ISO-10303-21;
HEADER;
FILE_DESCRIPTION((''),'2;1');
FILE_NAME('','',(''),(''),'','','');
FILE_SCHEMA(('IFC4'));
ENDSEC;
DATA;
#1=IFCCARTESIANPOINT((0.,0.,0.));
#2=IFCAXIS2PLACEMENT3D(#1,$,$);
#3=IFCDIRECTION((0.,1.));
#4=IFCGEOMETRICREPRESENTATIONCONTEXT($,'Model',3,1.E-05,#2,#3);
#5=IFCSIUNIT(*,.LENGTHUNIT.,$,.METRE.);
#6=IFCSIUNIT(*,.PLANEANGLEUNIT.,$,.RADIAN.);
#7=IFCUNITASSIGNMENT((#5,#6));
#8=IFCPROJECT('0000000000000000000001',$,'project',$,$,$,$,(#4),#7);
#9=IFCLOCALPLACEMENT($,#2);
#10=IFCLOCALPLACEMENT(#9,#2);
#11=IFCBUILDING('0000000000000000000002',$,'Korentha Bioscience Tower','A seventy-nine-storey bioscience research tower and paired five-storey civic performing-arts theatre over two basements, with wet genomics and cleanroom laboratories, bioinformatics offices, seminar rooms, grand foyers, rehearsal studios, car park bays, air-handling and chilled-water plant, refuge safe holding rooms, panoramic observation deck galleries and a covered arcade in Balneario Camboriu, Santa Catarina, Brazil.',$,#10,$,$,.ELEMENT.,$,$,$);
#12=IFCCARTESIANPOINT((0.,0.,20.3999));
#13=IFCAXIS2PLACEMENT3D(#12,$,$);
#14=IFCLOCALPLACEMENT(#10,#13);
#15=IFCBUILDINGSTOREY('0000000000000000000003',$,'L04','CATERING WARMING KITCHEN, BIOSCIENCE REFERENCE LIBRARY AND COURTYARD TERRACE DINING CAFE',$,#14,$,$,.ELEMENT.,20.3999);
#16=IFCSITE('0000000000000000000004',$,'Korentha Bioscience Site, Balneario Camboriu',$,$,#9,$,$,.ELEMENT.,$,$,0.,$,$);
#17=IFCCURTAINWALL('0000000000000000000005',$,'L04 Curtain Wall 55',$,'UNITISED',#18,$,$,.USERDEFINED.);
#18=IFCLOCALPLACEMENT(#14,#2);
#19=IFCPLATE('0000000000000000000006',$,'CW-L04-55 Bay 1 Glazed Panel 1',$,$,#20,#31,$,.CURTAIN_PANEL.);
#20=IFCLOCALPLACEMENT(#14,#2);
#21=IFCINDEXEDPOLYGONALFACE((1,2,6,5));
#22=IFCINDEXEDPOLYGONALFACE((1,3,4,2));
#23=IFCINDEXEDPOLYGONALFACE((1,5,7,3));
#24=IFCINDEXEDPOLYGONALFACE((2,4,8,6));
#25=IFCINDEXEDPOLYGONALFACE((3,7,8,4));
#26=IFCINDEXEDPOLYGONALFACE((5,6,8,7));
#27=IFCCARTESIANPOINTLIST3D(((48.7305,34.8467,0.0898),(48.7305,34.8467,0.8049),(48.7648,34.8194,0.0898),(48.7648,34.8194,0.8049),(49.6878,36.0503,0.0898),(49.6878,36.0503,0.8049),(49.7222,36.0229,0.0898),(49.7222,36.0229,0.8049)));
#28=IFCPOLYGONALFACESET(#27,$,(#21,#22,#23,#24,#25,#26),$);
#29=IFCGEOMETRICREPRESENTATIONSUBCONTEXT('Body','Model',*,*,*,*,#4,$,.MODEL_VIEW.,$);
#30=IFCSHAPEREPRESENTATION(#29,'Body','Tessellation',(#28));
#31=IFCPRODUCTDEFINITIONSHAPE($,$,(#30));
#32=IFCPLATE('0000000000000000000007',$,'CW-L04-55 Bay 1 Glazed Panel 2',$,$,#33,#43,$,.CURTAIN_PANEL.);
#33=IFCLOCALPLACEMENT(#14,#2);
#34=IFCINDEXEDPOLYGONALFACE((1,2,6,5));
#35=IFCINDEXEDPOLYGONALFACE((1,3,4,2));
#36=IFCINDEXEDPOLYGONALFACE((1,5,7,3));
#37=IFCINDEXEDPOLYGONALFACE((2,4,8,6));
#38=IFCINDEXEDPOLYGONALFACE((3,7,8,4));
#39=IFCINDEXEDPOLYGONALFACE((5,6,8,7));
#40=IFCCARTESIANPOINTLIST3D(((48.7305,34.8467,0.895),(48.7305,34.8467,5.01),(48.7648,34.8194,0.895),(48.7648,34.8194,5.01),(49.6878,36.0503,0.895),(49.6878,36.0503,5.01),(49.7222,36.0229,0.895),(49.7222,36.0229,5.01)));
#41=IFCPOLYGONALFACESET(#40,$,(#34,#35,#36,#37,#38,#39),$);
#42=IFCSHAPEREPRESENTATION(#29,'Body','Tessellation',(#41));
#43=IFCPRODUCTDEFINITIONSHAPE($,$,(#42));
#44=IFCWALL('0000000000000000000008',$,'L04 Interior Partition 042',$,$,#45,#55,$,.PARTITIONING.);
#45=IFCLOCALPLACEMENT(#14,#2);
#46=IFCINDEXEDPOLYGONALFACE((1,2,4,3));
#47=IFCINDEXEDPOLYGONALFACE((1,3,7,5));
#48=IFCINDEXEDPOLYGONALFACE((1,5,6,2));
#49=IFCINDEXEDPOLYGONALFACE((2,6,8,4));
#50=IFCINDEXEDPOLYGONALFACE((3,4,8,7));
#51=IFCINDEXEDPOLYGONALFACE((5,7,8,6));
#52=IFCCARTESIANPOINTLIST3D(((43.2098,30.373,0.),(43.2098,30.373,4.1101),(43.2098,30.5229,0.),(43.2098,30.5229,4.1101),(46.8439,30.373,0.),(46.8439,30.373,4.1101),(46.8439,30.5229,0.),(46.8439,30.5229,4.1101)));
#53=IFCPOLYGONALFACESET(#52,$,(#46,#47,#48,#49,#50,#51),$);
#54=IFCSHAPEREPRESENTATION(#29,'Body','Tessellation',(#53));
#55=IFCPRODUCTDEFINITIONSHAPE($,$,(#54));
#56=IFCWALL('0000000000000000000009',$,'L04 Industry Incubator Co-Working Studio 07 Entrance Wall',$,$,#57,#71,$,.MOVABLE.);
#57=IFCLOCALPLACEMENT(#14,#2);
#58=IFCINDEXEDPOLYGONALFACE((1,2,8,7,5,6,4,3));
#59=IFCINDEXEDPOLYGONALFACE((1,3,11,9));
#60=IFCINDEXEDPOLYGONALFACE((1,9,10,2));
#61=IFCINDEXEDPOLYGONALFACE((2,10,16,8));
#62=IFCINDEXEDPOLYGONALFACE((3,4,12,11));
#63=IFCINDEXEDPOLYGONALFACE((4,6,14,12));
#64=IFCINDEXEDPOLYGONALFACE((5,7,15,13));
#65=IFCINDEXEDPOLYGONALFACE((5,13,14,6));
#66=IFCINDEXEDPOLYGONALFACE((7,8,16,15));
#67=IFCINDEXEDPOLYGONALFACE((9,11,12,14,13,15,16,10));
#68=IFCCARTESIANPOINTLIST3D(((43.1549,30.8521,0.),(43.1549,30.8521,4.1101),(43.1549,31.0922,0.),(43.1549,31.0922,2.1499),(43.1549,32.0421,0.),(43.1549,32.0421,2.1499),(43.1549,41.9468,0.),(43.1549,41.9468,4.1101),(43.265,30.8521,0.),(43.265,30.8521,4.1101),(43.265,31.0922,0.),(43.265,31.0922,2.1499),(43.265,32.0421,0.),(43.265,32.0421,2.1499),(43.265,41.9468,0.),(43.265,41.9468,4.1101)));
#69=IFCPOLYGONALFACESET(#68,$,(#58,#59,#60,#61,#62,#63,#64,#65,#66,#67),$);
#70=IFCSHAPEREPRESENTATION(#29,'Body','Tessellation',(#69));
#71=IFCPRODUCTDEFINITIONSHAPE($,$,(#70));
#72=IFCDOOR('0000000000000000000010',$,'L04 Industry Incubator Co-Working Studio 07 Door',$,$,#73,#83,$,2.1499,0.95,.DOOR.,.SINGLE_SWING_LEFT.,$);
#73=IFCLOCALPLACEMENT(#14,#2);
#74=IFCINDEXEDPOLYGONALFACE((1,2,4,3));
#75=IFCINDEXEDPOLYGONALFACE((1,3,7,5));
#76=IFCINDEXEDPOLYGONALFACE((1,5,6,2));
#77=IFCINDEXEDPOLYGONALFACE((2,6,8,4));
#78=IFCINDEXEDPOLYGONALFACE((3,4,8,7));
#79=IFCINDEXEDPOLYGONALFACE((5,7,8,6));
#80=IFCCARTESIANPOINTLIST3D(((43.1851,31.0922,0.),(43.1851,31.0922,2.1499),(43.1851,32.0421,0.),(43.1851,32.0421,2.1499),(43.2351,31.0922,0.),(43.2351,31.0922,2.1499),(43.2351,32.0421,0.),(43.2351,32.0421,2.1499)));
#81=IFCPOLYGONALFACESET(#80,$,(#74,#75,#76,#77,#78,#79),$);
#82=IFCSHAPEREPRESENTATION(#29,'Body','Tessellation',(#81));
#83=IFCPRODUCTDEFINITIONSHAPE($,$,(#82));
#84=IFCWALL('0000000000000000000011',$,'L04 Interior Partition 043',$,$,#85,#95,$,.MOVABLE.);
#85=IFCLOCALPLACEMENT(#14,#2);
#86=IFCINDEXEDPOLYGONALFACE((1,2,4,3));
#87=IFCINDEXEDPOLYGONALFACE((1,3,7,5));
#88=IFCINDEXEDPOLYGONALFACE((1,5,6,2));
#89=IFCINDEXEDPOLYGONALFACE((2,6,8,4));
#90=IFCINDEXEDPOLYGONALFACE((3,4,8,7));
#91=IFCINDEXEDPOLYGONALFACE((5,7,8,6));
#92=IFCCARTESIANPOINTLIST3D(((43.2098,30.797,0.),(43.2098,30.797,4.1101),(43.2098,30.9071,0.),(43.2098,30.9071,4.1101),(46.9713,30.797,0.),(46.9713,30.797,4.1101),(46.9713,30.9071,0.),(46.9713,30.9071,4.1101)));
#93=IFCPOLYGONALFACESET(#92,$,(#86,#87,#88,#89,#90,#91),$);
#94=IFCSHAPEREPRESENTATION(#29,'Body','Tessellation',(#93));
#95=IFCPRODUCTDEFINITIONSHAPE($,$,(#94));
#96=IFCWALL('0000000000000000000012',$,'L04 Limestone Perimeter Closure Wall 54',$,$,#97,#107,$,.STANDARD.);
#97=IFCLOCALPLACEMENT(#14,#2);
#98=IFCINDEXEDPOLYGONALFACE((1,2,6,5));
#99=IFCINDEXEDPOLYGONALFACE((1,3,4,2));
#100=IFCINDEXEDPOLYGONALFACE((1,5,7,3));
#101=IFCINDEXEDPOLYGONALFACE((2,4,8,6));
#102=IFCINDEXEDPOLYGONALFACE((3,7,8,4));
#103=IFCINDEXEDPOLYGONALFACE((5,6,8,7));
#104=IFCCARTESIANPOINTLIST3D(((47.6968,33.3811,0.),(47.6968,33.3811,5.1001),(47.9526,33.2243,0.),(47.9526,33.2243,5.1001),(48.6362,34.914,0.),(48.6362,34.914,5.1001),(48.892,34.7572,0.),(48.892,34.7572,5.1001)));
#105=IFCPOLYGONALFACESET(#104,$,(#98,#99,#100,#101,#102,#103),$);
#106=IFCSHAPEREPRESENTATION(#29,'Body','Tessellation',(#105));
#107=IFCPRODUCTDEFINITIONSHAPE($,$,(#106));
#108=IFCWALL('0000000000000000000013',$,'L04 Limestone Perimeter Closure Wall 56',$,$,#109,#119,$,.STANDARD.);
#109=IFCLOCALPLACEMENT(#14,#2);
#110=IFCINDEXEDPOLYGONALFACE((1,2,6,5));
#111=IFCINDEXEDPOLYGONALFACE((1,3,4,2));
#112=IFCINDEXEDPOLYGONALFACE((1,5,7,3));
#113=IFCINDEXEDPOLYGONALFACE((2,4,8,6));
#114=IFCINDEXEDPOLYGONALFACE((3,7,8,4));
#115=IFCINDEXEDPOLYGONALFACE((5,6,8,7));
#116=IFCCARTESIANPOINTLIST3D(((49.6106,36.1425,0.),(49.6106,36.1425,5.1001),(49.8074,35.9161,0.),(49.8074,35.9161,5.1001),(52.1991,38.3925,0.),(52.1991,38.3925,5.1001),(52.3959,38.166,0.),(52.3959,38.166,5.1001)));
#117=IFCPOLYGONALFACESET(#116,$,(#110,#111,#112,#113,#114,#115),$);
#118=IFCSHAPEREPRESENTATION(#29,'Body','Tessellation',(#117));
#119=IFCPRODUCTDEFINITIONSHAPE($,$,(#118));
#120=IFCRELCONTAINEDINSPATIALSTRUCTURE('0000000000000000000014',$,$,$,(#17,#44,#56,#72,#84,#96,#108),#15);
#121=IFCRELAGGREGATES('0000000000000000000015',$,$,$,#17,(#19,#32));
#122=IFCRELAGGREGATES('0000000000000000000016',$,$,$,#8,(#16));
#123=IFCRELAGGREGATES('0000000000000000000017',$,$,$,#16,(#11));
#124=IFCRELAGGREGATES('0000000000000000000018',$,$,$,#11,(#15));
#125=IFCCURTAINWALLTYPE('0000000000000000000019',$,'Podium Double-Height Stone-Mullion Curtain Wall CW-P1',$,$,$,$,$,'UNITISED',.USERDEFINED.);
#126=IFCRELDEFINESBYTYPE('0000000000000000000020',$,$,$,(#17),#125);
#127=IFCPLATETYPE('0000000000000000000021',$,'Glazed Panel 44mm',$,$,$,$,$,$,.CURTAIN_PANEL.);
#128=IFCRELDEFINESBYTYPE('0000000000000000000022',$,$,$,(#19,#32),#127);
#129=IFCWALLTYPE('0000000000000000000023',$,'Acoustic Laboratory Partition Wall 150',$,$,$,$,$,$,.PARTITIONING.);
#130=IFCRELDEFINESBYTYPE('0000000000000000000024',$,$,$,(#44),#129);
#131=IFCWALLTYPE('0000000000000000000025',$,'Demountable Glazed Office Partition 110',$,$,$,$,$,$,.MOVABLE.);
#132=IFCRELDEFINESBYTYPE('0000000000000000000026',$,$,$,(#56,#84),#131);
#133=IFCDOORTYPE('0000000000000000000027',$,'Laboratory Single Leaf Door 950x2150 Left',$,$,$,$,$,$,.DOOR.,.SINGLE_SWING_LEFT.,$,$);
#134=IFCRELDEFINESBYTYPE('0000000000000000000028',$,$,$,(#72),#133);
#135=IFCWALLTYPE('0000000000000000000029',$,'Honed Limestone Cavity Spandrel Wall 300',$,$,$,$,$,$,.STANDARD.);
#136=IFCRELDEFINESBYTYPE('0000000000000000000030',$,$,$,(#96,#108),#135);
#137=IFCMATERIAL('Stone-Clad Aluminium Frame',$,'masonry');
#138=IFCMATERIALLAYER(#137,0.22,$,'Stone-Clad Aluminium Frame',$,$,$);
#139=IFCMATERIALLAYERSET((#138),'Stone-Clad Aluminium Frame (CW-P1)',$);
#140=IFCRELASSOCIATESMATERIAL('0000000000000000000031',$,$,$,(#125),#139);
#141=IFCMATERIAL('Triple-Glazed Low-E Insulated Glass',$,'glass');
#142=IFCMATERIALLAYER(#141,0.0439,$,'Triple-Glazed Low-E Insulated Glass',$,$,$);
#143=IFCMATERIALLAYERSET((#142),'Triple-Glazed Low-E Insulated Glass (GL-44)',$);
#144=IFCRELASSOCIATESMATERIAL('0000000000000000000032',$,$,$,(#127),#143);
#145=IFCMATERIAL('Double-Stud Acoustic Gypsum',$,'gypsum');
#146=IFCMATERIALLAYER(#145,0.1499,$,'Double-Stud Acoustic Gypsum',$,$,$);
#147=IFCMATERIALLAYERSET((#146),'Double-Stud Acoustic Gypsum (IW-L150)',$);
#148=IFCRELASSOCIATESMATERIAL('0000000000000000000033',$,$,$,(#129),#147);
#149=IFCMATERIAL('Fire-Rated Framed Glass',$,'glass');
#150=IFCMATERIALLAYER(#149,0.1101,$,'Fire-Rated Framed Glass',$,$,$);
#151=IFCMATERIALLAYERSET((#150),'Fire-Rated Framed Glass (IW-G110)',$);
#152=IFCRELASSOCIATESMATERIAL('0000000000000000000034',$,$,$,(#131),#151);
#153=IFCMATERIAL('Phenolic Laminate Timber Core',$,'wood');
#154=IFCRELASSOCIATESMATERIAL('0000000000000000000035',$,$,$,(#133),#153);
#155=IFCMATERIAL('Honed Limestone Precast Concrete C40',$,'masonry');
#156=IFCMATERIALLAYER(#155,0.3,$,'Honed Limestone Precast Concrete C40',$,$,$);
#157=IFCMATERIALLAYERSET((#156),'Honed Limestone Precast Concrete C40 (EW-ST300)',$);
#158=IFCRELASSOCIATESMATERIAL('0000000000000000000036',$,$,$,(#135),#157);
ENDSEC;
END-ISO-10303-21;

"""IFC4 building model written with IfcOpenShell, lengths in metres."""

from ifc_helpers import new_model, si_unit, direction, frame, frame_2d, origin, origin_2d, place, context, subcontext, project, spatial, rectangle, extrude, material, layer, layer_set, type_object, element, fill, aggregate, save


model = new_model("IFC4")

# Units and contexts
model_context = context("Model", 3, precision=1e-05, world=origin(), true_north=direction((0.0, 1.0)))
body_context = subcontext(model_context, "Body", "Model", "MODEL_VIEW")
ifc_project = project(units=[si_unit("LENGTHUNIT", "METRE"), si_unit("PLANEANGLEUNIT", "RADIAN")], contexts=[model_context])

# Site, building, storey
site_placement = place(None, origin())
site = spatial("IfcSite", under=ifc_project, at=site_placement, Name="Korentha Bioscience Site, Balneario Camboriu", CompositionType="ELEMENT", RefElevation=0.0)
building_placement = place(site_placement, origin())
building = spatial("IfcBuilding", under=site, at=building_placement, Name="Korentha Bioscience Tower", Description="A seventy-nine-storey bioscience research tower and paired five-storey civic performing-arts theatre over two basements, with wet genomics and cleanroom laboratories, bioinformatics offices, seminar rooms, grand foyers, rehearsal studios, car park bays, air-handling and chilled-water plant, refuge safe holding rooms, panoramic observation deck galleries and a covered arcade in Balneario Camboriu, Santa Catarina, Brazil.", CompositionType="ELEMENT")
storey_placement = place(building_placement, frame((0.0, 0.0, 20.3999)))
storey = spatial("IfcBuildingStorey", under=building, at=storey_placement, Name="L04", Description="CATERING WARMING KITCHEN, BIOSCIENCE REFERENCE LIBRARY AND COURTYARD TERRACE DINING CAFE", CompositionType="ELEMENT", Elevation=20.3999)

# Curtain wall
ifc_material_1 = material(Name="Stone-Clad Aluminium Frame", Category="masonry")
ifc_layer_1 = layer(ifc_material_1, 0.22, Name="Stone-Clad Aluminium Frame")
ifc_layer_set_1 = layer_set([ifc_layer_1], Name="Stone-Clad Aluminium Frame (CW-P1)")
curtain_wall_type = type_object("IfcCurtainWallType", Name="Podium Double-Height Stone-Mullion Curtain Wall CW-P1", ElementType="UNITISED", PredefinedType="USERDEFINED", material=ifc_layer_set_1)
curtain_wall_placement = place(storey_placement, origin())
curtain_wall = element("IfcCurtainWall", 1, at=curtain_wall_placement, inside=storey, type_object=curtain_wall_type, Name="L04 Curtain Wall 55", ObjectType="UNITISED", PredefinedType="USERDEFINED")

# Plates
ifc_material_2 = material(Name="Triple-Glazed Low-E Insulated Glass", Category="glass")
ifc_layer_2 = layer(ifc_material_2, 0.0439, Name="Triple-Glazed Low-E Insulated Glass")
ifc_layer_set_2 = layer_set([ifc_layer_2], Name="Triple-Glazed Low-E Insulated Glass (GL-44)")
plate_type = type_object("IfcPlateType", Name="Glazed Panel 44mm", PredefinedType="CURTAIN_PANEL", material=ifc_layer_set_2)
plate_1_placement = place(storey_placement, frame((49.2263, 35.4348, 0.0898), z_axis=(0.0, 0.0, 1.0), x_axis=(0.62252, 0.782604, 0.0)))
plate_1 = element("IfcPlate", 2, at=plate_1_placement, type_object=plate_type, Name="CW-L04-55 Bay 1 Glazed Panel 1", PredefinedType="CURTAIN_PANEL", context=body_context, shape_type="SweptSolid", body=[
    extrude(rectangle(XDim=1.5378, YDim=0.0439, at=origin_2d()), origin(), (0.0, 0.0, 1.0), 0.7151),
])
plate_2_placement = place(storey_placement, frame((49.2263, 35.4348, 0.895), z_axis=(0.0, 0.0, 1.0), x_axis=(0.62252, 0.782604, 0.0)))
plate_2 = element("IfcPlate", 3, at=plate_2_placement, type_object=plate_type, Name="CW-L04-55 Bay 1 Glazed Panel 2", PredefinedType="CURTAIN_PANEL", context=body_context, shape_type="SweptSolid", body=[
    extrude(rectangle(XDim=1.5378, YDim=0.0439, at=origin_2d()), origin(), (0.0, 0.0, 1.0), 4.115),
])
aggregate(curtain_wall, [plate_1, plate_2])

# Wall
ifc_material_3 = material(Name="Double-Stud Acoustic Gypsum", Category="gypsum")
ifc_layer_3 = layer(ifc_material_3, 0.1499, Name="Double-Stud Acoustic Gypsum")
ifc_layer_set_3 = layer_set([ifc_layer_3], Name="Double-Stud Acoustic Gypsum (IW-L150)")
wall_type_1 = type_object("IfcWallType", Name="Acoustic Laboratory Partition Wall 150", PredefinedType="PARTITIONING", material=ifc_layer_set_3)
wall_1_placement = place(storey_placement, frame((43.21, 30.448, 0.0), z_axis=(0.0, 0.0, 1.0), x_axis=(1.0, 0.0, 0.0)))
element("IfcWall", 4, at=wall_1_placement, inside=storey, type_object=wall_type_1, Name="L04 Interior Partition 042", PredefinedType="PARTITIONING", context=body_context, shape_type="SweptSolid", body=[
    extrude(rectangle(XDim=3.634, YDim=0.1499, at=frame_2d((1.8169, 0.0))), origin(), (0.0, 0.0, 1.0), 4.1101),
])

# Wall, opening, door
ifc_material_4 = material(Name="Fire-Rated Framed Glass", Category="glass")
ifc_layer_4 = layer(ifc_material_4, 0.1101, Name="Fire-Rated Framed Glass")
ifc_layer_set_4 = layer_set([ifc_layer_4], Name="Fire-Rated Framed Glass (IW-G110)")
wall_type_2 = type_object("IfcWallType", Name="Demountable Glazed Office Partition 110", PredefinedType="MOVABLE", material=ifc_layer_set_4)
wall_2_placement = place(storey_placement, frame((43.21, 30.8521, 0.0), z_axis=(0.0, 0.0, 1.0), x_axis=(0.0, 1.0, 0.0)))
wall_2 = element("IfcWall", 5, at=wall_2_placement, inside=storey, type_object=wall_type_2, Name="L04 Industry Incubator Co-Working Studio 07 Entrance Wall", PredefinedType="MOVABLE", context=body_context, shape_type="SweptSolid", body=[
    extrude(rectangle(XDim=11.0947, YDim=0.1101, at=frame_2d((5.5474, 0.0))), origin(), (0.0, 0.0, 1.0), 4.1101),
])
opening_1_placement = place(wall_2_placement, frame((0.24, 0.0, 0.0)))
opening_1 = element("IfcOpeningElement", 6, at=opening_1_placement, cuts=wall_2, PredefinedType="OPENING", context=body_context, shape_type="SweptSolid", body=[
    extrude(rectangle(XDim=0.95, YDim=2.1499, at=frame_2d((0.4751, 1.075))), frame((0.0, 0.0698, 0.0), z_axis=(0.0, -1.0, 0.0), x_axis=(1.0, 0.0, 0.0)), (0.0, 0.0, 1.0), 0.1399),
])
ifc_material_5 = material(Name="Phenolic Laminate Timber Core", Category="wood")
door_type_1 = type_object("IfcDoorType", Name="Laboratory Single Leaf Door 950x2150 Left", OperationType="SINGLE_SWING_LEFT", PredefinedType="DOOR", material=ifc_material_5)
door_1_placement = place(opening_1_placement, origin())
door_1 = element("IfcDoor", 7, at=door_1_placement, inside=storey, type_object=door_type_1, Name="L04 Industry Incubator Co-Working Studio 07 Door", OperationType="SINGLE_SWING_LEFT", OverallHeight=2.1499, OverallWidth=0.95, PredefinedType="DOOR", context=body_context, shape_type="SweptSolid", body=[
    extrude(rectangle(XDim=0.95, YDim=2.1499, at=frame_2d((0.4751, 1.075))), frame((0.0, 0.0249, 0.0), z_axis=(0.0, -1.0, 0.0), x_axis=(1.0, 0.0, 0.0)), (0.0, 0.0, 1.0), 0.05),
])
fill(opening_1, door_1)

# Wall
wall_3_placement = place(storey_placement, frame((46.9714, 30.8521, 0.0), z_axis=(0.0, 0.0, 1.0), x_axis=(-1.0, 0.0, 0.0)))
element("IfcWall", 8, at=wall_3_placement, inside=storey, type_object=wall_type_2, Name="L04 Interior Partition 043", PredefinedType="MOVABLE", context=body_context, shape_type="SweptSolid", body=[
    extrude(rectangle(XDim=3.7615, YDim=0.1101, at=frame_2d((1.8809, 0.0))), origin(), (0.0, 0.0, 1.0), 4.1101),
])

# Shared definitions
ifc_material_6 = material(Name="Honed Limestone Precast Concrete C40", Category="masonry")
ifc_layer_5 = layer(ifc_material_6, 0.3, Name="Honed Limestone Precast Concrete C40")
ifc_layer_set_5 = layer_set([ifc_layer_5], Name="Honed Limestone Precast Concrete C40 (EW-ST300)")
wall_type_3 = type_object("IfcWallType", Name="Honed Limestone Cavity Spandrel Wall 300", PredefinedType="STANDARD", material=ifc_layer_set_5)

# Walls
wall_4_placement = place(storey_placement, frame((47.8247, 33.3027, 0.0), z_axis=(0.0, 0.0, 1.0), x_axis=(0.522521, 0.852627, 0.0)))
element("IfcWall", 9, at=wall_4_placement, inside=storey, type_object=wall_type_3, Name="L04 Limestone Perimeter Closure Wall 54", PredefinedType="STANDARD", context=body_context, shape_type="SweptSolid", body=[
    extrude(rectangle(XDim=1.7979, YDim=0.3, at=frame_2d((0.8989, 0.0))), origin(), (0.0, 0.0, 1.0), 5.1001),
])
wall_5_placement = place(storey_placement, frame((49.709, 36.0293, 0.0), z_axis=(0.0, 0.0, 1.0), x_axis=(0.754746, 0.656017, 0.0)))
element("IfcWall", 10, at=wall_5_placement, inside=storey, type_object=wall_type_3, Name="L04 Limestone Perimeter Closure Wall 56", PredefinedType="STANDARD", context=body_context, shape_type="SweptSolid", body=[
    extrude(rectangle(XDim=3.4297, YDim=0.3, at=frame_2d((1.7148, 0.0))), origin(), (0.0, 0.0, 1.0), 5.1001),
])

save(model, "model.ifc")
